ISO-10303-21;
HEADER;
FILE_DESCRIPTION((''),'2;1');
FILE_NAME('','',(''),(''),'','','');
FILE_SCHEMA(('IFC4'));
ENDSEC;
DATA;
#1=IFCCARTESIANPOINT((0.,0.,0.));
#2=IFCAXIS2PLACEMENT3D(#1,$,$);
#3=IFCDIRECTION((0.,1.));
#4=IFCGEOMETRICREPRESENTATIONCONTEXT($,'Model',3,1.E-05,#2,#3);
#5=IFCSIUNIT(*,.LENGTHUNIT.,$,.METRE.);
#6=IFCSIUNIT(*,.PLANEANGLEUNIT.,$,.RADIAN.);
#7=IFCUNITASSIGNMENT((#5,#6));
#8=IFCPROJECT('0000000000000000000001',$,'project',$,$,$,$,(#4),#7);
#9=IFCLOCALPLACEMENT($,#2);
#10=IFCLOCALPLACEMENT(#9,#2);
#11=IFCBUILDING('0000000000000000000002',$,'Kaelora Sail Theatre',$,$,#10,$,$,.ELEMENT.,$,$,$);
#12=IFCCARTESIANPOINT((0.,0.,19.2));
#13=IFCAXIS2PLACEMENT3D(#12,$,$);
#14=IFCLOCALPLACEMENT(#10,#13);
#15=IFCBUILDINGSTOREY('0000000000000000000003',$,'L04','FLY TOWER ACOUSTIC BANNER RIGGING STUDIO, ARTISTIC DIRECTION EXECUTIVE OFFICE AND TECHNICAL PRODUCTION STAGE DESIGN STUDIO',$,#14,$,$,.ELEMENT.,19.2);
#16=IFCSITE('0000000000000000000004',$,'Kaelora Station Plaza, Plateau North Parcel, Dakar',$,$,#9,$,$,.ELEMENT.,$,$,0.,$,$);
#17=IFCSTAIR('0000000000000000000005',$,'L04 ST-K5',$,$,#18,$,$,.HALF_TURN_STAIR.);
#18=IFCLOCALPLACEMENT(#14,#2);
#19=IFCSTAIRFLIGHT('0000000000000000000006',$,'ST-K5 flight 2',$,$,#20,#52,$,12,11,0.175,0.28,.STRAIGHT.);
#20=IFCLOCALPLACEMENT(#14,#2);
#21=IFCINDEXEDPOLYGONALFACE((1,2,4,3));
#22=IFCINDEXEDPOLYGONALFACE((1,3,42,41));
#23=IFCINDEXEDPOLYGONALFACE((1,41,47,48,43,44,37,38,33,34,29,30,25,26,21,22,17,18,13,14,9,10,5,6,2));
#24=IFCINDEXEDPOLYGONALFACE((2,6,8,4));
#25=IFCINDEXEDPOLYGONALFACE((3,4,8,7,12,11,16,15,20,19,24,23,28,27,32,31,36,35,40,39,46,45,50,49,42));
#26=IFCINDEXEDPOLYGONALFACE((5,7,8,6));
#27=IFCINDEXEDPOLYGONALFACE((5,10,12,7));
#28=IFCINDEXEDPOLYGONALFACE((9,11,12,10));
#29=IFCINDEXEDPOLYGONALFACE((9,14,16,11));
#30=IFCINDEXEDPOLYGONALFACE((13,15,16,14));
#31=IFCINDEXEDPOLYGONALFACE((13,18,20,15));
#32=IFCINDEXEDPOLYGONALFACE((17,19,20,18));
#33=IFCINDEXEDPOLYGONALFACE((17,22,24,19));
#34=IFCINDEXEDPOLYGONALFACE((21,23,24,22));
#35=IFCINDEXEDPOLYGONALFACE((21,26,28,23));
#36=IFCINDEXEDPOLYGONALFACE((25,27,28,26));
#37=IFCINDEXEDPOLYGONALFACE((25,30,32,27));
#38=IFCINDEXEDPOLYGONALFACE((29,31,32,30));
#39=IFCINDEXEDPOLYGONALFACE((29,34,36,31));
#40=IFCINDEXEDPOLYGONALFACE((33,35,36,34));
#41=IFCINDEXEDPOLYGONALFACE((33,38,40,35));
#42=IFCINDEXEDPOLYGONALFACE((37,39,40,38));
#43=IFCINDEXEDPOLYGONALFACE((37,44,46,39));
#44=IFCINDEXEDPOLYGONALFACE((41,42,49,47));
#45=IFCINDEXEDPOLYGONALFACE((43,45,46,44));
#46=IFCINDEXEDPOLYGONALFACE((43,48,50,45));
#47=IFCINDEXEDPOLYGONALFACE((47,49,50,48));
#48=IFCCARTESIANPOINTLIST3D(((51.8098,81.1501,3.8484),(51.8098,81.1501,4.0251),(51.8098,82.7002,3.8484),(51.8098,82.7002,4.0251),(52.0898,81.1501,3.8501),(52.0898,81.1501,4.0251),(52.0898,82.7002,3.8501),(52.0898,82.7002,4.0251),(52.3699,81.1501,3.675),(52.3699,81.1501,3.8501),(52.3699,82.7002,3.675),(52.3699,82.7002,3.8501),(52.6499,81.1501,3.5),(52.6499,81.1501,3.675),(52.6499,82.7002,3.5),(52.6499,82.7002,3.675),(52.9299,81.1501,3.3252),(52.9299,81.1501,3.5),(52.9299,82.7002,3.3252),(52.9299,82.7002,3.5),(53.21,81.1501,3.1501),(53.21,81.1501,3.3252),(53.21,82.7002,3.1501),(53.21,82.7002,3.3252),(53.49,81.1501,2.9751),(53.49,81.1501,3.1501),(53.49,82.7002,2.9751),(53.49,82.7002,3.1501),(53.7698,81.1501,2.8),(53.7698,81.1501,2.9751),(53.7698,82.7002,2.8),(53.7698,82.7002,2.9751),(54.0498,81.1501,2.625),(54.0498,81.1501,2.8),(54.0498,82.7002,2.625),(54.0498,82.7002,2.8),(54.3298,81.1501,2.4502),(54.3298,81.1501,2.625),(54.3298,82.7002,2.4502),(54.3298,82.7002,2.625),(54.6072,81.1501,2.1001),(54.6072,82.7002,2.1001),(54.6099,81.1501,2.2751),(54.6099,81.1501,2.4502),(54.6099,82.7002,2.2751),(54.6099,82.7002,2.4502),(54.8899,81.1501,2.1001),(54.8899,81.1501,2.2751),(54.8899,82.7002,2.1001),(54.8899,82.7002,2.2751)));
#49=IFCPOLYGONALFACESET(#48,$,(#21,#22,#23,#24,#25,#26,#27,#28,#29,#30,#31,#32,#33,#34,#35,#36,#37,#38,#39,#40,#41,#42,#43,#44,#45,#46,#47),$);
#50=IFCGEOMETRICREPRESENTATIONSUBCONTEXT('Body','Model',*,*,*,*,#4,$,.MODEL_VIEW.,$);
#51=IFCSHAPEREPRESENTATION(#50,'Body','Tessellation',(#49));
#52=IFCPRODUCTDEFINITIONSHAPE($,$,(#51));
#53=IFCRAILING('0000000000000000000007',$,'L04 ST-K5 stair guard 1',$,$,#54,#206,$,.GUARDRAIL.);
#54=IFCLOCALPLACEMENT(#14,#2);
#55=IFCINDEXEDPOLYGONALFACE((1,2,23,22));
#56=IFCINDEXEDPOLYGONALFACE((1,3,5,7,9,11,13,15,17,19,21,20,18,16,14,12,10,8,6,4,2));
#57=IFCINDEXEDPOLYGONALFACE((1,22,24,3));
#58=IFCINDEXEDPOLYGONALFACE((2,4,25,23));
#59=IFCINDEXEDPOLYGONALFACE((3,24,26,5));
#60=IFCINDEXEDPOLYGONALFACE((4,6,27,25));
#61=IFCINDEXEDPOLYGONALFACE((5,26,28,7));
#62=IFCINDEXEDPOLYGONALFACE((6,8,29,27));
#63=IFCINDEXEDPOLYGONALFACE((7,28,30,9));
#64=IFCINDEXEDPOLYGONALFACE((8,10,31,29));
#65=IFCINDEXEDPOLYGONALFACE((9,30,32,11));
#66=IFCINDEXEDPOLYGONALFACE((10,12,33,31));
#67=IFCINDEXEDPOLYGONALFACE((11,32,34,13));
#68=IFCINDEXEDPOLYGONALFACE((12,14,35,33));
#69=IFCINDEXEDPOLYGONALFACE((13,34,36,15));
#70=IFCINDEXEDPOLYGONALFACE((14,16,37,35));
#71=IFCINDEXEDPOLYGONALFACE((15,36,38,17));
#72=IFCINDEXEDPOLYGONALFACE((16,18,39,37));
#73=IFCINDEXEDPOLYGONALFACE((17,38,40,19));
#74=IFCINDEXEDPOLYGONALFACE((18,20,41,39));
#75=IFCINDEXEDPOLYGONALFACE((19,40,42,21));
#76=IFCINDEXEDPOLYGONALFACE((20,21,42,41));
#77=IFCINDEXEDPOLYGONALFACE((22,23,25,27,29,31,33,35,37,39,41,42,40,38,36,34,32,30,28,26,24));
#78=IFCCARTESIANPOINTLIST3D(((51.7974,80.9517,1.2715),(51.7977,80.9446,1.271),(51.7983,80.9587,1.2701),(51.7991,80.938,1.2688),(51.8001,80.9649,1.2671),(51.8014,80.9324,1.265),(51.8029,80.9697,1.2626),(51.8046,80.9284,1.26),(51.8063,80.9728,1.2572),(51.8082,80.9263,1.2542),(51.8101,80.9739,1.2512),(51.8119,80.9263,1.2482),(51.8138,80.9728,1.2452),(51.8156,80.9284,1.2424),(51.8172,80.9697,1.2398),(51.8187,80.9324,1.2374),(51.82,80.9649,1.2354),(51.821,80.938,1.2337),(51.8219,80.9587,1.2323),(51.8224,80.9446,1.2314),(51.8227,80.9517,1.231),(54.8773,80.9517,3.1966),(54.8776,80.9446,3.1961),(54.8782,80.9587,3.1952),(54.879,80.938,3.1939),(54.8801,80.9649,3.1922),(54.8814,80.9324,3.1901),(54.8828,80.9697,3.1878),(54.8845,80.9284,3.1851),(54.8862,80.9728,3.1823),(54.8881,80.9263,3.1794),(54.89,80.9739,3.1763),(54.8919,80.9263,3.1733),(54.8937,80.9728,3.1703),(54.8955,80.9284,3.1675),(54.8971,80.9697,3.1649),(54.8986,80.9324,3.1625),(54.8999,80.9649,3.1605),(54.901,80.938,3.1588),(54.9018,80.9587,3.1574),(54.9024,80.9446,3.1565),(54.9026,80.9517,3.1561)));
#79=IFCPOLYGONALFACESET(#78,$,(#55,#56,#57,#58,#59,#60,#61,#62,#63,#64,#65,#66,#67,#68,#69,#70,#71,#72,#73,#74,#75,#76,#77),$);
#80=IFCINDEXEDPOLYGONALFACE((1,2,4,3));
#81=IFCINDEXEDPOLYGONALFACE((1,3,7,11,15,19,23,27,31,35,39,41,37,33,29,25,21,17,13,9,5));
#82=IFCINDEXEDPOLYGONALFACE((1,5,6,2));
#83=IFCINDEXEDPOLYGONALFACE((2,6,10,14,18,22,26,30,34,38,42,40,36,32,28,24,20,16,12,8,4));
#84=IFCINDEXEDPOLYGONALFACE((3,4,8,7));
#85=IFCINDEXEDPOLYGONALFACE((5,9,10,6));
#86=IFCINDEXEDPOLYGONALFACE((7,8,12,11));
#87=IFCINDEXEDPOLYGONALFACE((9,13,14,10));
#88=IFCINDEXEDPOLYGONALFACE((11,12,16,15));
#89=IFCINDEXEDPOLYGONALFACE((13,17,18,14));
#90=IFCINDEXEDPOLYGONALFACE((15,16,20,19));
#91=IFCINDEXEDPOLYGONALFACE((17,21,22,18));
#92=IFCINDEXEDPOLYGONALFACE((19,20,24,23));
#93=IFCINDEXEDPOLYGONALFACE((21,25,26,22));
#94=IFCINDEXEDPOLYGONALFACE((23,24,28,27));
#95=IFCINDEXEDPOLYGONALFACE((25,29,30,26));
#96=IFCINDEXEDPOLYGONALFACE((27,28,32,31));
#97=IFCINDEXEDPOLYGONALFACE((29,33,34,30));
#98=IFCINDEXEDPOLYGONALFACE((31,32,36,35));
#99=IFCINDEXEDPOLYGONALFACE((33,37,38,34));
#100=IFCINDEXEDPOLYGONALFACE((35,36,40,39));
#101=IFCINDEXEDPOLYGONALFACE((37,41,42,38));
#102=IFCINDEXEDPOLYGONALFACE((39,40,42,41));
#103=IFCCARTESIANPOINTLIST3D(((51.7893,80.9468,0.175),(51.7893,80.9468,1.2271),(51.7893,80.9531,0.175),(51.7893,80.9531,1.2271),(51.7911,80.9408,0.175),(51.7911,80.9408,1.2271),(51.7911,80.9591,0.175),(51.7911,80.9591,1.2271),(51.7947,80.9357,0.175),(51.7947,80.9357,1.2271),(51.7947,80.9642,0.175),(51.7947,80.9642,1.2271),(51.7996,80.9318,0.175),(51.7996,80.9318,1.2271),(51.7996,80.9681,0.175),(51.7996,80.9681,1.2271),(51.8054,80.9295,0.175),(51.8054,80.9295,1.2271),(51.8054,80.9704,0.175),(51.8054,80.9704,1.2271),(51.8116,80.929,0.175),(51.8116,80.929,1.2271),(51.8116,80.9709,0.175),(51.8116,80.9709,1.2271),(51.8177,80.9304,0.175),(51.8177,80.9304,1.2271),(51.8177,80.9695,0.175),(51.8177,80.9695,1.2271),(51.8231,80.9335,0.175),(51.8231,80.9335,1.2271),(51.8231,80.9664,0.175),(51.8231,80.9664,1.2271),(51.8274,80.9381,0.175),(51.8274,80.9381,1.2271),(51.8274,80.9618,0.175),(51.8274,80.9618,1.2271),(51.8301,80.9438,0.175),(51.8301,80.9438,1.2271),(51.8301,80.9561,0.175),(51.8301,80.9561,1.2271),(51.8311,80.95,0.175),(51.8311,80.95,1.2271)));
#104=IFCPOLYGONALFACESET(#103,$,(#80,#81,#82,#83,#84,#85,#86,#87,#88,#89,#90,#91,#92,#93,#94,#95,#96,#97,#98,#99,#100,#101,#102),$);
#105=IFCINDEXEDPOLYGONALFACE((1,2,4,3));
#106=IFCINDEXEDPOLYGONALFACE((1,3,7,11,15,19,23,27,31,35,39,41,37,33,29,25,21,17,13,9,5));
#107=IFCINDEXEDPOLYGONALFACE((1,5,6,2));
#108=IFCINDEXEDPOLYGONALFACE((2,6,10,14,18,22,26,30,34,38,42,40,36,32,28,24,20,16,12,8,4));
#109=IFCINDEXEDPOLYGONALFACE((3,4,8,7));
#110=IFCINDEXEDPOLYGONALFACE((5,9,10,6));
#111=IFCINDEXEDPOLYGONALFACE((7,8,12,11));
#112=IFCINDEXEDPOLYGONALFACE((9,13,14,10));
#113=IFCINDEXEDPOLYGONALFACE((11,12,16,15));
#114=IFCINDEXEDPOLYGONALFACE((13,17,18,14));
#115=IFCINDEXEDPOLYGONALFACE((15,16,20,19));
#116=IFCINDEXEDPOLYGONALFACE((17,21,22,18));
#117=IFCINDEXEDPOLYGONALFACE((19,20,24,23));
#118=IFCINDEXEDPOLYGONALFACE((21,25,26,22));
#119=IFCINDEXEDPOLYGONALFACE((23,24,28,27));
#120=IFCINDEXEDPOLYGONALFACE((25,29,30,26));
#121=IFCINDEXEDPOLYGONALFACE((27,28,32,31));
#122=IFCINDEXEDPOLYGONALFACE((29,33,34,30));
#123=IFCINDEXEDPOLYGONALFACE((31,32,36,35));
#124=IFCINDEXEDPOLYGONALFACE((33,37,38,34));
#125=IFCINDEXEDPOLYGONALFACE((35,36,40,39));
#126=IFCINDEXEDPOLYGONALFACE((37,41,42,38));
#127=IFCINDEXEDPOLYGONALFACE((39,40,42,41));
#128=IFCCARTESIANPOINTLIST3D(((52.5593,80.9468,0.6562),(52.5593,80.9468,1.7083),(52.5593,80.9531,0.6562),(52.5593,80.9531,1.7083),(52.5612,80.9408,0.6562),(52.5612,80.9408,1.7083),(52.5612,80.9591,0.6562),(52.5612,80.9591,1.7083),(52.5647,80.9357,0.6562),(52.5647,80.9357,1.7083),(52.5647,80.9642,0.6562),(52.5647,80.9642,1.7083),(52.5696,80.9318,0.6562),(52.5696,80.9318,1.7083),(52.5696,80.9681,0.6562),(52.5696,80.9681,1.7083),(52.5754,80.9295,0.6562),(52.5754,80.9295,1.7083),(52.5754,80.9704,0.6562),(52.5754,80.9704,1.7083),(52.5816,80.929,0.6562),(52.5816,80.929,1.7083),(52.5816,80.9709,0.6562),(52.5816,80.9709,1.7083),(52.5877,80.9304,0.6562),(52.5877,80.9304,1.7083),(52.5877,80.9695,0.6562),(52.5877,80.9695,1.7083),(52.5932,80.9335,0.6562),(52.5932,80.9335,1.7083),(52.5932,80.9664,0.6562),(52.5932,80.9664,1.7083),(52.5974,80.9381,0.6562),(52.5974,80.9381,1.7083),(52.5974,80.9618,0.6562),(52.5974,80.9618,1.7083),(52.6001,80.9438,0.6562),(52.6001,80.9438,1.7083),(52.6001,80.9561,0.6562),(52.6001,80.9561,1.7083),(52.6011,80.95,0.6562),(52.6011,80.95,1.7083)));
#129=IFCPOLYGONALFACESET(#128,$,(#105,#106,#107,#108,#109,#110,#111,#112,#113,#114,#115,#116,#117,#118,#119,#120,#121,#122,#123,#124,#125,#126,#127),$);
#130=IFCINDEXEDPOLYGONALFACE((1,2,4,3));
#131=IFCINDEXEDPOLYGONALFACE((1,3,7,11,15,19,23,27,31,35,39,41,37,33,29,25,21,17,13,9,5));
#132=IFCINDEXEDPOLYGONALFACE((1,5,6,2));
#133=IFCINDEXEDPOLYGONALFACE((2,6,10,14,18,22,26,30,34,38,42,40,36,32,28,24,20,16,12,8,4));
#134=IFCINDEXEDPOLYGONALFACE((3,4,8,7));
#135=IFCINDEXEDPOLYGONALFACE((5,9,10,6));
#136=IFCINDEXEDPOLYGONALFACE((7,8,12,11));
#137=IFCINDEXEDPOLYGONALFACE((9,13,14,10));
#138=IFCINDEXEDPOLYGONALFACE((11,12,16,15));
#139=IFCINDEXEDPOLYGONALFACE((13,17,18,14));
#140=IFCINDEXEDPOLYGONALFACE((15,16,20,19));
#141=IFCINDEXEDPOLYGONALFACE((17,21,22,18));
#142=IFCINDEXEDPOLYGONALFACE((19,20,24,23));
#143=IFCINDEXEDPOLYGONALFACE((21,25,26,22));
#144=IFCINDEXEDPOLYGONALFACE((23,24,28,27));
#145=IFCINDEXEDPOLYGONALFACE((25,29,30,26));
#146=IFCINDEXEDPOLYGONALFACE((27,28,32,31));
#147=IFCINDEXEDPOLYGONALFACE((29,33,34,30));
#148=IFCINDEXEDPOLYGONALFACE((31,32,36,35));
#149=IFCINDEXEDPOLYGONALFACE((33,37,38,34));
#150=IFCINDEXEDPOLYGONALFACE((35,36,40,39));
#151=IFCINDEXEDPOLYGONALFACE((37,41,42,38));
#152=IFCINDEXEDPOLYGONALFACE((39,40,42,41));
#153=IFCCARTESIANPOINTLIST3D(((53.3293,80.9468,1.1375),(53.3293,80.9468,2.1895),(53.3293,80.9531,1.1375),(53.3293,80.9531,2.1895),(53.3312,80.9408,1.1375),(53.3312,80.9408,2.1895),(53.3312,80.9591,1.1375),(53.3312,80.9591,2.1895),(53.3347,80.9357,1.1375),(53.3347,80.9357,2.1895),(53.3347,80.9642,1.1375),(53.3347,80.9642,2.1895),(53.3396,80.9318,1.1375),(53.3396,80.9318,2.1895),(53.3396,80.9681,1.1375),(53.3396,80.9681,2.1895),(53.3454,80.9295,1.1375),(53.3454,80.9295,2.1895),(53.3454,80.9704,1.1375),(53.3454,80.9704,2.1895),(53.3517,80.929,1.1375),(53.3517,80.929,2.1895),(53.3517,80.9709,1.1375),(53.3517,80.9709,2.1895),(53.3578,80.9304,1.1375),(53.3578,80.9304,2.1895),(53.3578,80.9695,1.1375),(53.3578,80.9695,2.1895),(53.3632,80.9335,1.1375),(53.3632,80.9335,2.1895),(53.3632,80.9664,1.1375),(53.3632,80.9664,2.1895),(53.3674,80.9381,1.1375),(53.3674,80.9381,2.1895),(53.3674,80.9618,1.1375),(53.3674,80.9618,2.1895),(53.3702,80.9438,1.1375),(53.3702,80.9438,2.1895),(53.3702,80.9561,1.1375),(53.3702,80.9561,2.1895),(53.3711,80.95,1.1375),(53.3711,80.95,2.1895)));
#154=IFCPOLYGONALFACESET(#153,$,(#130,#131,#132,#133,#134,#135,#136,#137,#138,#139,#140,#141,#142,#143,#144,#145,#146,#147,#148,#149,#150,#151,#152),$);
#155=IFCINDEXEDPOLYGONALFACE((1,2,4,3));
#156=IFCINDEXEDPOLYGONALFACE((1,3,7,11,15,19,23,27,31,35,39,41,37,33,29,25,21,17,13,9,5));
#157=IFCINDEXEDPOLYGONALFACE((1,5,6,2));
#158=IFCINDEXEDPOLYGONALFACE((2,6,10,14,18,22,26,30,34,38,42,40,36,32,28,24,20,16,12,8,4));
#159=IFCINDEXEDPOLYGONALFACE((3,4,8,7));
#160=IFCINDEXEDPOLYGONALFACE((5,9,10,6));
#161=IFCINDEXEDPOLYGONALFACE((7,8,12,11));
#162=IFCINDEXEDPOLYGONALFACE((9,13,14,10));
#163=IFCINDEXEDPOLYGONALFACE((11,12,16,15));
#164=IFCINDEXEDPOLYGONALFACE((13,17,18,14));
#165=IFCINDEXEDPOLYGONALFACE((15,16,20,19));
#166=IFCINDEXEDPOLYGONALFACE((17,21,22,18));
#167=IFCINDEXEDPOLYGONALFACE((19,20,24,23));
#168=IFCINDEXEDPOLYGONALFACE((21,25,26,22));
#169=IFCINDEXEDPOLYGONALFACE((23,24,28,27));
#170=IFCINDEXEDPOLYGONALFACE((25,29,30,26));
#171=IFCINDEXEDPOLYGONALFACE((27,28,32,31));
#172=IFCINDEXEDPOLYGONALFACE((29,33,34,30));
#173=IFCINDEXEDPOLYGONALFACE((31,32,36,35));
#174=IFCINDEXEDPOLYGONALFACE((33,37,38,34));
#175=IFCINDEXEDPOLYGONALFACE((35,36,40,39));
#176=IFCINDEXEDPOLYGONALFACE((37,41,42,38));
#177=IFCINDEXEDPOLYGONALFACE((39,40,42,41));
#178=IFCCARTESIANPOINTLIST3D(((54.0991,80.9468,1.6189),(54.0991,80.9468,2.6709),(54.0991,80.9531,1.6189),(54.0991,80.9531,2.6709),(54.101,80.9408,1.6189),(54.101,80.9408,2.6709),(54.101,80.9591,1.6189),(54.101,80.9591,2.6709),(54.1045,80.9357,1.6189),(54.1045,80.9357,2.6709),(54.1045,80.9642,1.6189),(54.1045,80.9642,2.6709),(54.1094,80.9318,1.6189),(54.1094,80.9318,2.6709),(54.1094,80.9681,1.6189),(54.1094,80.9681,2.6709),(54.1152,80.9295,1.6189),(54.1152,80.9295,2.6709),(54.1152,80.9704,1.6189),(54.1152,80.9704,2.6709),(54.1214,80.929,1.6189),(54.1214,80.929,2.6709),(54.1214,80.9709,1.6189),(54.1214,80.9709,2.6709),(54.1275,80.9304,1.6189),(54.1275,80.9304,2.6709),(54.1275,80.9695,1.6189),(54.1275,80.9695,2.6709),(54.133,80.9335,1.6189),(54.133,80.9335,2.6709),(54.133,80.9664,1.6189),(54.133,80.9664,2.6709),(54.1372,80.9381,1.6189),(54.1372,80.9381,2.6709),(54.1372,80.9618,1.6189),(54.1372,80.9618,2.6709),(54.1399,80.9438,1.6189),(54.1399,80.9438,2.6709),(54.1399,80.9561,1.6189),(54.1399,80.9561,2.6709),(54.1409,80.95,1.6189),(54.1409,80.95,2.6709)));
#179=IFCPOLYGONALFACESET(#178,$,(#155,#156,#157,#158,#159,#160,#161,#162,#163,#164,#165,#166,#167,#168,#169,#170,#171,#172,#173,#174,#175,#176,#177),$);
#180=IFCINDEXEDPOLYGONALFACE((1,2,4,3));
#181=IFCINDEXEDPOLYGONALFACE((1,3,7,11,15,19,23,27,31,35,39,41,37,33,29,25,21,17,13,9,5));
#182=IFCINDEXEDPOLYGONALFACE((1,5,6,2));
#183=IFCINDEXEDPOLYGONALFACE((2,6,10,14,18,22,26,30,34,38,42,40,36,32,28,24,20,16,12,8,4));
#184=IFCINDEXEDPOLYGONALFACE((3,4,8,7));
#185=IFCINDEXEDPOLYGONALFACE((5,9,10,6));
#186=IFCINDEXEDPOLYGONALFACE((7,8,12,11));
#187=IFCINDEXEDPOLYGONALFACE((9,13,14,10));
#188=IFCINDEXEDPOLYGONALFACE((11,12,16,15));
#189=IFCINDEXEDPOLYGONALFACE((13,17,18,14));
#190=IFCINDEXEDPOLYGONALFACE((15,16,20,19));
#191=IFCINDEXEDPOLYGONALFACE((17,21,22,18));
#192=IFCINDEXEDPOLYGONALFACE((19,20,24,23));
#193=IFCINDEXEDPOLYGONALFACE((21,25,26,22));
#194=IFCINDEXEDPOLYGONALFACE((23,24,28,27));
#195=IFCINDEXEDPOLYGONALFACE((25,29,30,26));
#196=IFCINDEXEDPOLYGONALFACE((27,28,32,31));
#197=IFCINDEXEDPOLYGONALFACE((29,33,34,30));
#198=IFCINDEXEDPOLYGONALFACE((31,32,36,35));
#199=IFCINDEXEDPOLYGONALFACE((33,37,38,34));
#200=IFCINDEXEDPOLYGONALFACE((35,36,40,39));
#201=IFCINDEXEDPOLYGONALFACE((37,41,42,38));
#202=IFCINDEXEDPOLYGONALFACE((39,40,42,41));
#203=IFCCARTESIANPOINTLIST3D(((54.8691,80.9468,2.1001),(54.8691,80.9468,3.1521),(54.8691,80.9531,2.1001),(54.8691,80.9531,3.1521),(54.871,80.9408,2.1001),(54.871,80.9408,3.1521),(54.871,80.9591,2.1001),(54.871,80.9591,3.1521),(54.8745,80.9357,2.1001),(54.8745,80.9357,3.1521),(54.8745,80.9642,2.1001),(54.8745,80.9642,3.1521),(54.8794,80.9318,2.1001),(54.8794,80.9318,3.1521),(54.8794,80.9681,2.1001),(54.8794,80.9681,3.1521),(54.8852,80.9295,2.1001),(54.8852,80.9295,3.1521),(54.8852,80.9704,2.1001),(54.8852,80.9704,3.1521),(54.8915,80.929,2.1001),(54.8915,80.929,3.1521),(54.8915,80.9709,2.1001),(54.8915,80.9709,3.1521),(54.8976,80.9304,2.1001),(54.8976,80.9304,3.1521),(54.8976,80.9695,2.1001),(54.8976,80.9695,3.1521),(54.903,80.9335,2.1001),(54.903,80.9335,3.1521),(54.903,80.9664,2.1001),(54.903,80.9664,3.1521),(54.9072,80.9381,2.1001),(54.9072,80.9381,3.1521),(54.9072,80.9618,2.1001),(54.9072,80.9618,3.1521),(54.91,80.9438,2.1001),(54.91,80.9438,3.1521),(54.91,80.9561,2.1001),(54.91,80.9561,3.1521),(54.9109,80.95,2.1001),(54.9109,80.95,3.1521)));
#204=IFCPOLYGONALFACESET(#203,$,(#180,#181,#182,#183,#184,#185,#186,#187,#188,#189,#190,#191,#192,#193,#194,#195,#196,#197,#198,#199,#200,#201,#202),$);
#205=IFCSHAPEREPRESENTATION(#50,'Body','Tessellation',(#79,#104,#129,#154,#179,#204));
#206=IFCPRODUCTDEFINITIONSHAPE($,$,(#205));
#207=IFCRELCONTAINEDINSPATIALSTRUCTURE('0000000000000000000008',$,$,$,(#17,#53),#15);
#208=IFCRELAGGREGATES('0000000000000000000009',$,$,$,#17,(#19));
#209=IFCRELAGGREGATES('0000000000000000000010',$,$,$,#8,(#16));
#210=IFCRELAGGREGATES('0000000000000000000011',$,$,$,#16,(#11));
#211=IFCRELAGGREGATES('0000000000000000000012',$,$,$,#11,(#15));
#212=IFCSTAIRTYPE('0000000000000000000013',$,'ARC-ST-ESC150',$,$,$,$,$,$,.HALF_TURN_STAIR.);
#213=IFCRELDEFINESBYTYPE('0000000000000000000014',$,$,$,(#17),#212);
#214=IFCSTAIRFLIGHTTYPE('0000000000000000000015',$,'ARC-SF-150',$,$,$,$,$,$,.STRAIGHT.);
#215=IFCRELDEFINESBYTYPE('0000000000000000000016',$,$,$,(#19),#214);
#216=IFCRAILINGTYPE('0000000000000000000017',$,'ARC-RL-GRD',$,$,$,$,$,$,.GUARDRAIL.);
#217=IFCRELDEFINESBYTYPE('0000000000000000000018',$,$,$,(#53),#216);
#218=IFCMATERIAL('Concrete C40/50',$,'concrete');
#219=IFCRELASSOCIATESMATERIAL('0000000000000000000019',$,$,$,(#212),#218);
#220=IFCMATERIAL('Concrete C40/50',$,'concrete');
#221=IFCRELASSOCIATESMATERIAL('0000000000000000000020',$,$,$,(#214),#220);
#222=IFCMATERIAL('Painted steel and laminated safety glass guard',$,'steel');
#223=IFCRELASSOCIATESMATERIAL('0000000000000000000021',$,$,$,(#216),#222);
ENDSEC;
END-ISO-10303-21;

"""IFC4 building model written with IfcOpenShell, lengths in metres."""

from ifc_helpers import new_model, si_unit, direction, frame, origin, origin_2d, place, context, subcontext, project, spatial, polyline, circle, outline, extrude, material, type_object, element, aggregate, save


model = new_model("IFC4")

# Units and contexts
model_context = context("Model", 3, precision=1e-05, world=origin(), true_north=direction((0.0, 1.0)))
body_context = subcontext(model_context, "Body", "Model", "MODEL_VIEW")
ifc_project = project(units=[si_unit("LENGTHUNIT", "METRE"), si_unit("PLANEANGLEUNIT", "RADIAN")], contexts=[model_context])

# Site, building, storey
site_placement = place(None, origin())
site = spatial("IfcSite", under=ifc_project, at=site_placement, Name="Kaelora Station Plaza, Plateau North Parcel, Dakar", CompositionType="ELEMENT", RefElevation=0.0)
building_placement = place(site_placement, origin())
building = spatial("IfcBuilding", under=site, at=building_placement, Name="Kaelora Sail Theatre", CompositionType="ELEMENT")
storey_placement = place(building_placement, frame((0.0, 0.0, 19.2)))
storey = spatial("IfcBuildingStorey", under=building, at=storey_placement, Name="L04", Description="FLY TOWER ACOUSTIC BANNER RIGGING STUDIO, ARTISTIC DIRECTION EXECUTIVE OFFICE AND TECHNICAL PRODUCTION STAGE DESIGN STUDIO", CompositionType="ELEMENT", Elevation=19.2)

# Stair, stair flight
ifc_material_1 = material(Name="Concrete C40/50", Category="concrete")
stair_type = type_object("IfcStairType", Name="ARC-ST-ESC150", PredefinedType="HALF_TURN_STAIR", material=ifc_material_1)
stair_placement = place(storey_placement, origin())
stair = element("IfcStair", 1, at=stair_placement, inside=storey, type_object=stair_type, Name="L04 ST-K5", PredefinedType="HALF_TURN_STAIR")
ifc_material_2 = material(Name="Concrete C40/50", Category="concrete")
stair_flight_type = type_object("IfcStairFlightType", Name="ARC-SF-150", PredefinedType="STRAIGHT", material=ifc_material_2)
stair_flight_1_placement = place(storey_placement, frame((54.8899, 81.925, 2.1001), z_axis=(0.0, 0.0, 1.0), x_axis=(-1.0, 0.0, 0.0)))
stair_flight_1 = element("IfcStairFlight", 2, at=stair_flight_1_placement, type_object=stair_flight_type, Name="ST-K5 flight 2", NumberOfRisers=12, NumberOfTreads=11, PredefinedType="STRAIGHT", RiserHeight=0.175, TreadLength=0.28, context=body_context, shape_type="SweptSolid", body=[
    extrude(outline(polyline([(0.0, 0.0), (0.0, 0.175), (0.28, 0.175), (0.28, 0.3501), (0.5601, 0.3501), (0.5601, 0.5249), (0.8401, 0.5249), (0.8401, 0.7), (1.1201, 0.7), (1.1201, 0.875), (1.3999, 0.875), (1.3999, 1.05), (1.6799, 1.05), (1.6799, 1.2251), (1.96, 1.2251), (1.96, 1.3999), (2.24, 1.3999), (2.24, 1.575), (2.52, 1.575), (2.52, 1.75), (2.8, 1.75), (2.8, 1.925), (3.0801, 1.925), (3.0801, 2.1001), (3.0801, 1.7483), (0.2827, 0.0), (0.0, 0.0)])), frame((0.0, 0.7749, 0.0), z_axis=(0.0, -1.0, 0.0), x_axis=(1.0, 0.0, 0.0)), (0.0, 0.0, 1.0), 1.55),
])
aggregate(stair, [stair_flight_1])

# Railing
ifc_material_3 = material(Name="Painted steel and laminated safety glass guard", Category="steel")
railing_type_1 = type_object("IfcRailingType", Name="ARC-RL-GRD", PredefinedType="GUARDRAIL", material=ifc_material_3)
railing_1_placement = place(storey_placement, frame((51.8101, 80.95, 0.175)))
element("IfcRailing", 3, at=railing_1_placement, inside=storey, type_object=railing_type_1, Name="L04 ST-K5 stair guard 1", PredefinedType="GUARDRAIL", context=body_context, shape_type="SweptSolid", body=[
    extrude(circle(Radius=0.0239, at=origin_2d()), frame((0.0, 0.0, 1.0762), z_axis=(0.847979, 0.0, 0.530029), x_axis=(0.0, 1.0, 0.0)), (0.0, 0.0, 1.0), 3.6321),
    extrude(circle(Radius=0.021, at=origin_2d()), origin(), (0.0, 0.0, 1.0), 1.052),
    extrude(circle(Radius=0.021, at=origin_2d()), frame((0.77, 0.0, 0.4812)), (0.0, 0.0, 1.0), 1.052),
    extrude(circle(Radius=0.021, at=origin_2d()), frame((1.54, 0.0, 0.9624)), (0.0, 0.0, 1.0), 1.052),
    extrude(circle(Radius=0.021, at=origin_2d()), frame((2.3098, 0.0, 1.4438)), (0.0, 0.0, 1.0), 1.052),
    extrude(circle(Radius=0.021, at=origin_2d()), frame((3.0798, 0.0, 1.925)), (0.0, 0.0, 1.0), 1.052),
])

save(model, "model.ifc")
